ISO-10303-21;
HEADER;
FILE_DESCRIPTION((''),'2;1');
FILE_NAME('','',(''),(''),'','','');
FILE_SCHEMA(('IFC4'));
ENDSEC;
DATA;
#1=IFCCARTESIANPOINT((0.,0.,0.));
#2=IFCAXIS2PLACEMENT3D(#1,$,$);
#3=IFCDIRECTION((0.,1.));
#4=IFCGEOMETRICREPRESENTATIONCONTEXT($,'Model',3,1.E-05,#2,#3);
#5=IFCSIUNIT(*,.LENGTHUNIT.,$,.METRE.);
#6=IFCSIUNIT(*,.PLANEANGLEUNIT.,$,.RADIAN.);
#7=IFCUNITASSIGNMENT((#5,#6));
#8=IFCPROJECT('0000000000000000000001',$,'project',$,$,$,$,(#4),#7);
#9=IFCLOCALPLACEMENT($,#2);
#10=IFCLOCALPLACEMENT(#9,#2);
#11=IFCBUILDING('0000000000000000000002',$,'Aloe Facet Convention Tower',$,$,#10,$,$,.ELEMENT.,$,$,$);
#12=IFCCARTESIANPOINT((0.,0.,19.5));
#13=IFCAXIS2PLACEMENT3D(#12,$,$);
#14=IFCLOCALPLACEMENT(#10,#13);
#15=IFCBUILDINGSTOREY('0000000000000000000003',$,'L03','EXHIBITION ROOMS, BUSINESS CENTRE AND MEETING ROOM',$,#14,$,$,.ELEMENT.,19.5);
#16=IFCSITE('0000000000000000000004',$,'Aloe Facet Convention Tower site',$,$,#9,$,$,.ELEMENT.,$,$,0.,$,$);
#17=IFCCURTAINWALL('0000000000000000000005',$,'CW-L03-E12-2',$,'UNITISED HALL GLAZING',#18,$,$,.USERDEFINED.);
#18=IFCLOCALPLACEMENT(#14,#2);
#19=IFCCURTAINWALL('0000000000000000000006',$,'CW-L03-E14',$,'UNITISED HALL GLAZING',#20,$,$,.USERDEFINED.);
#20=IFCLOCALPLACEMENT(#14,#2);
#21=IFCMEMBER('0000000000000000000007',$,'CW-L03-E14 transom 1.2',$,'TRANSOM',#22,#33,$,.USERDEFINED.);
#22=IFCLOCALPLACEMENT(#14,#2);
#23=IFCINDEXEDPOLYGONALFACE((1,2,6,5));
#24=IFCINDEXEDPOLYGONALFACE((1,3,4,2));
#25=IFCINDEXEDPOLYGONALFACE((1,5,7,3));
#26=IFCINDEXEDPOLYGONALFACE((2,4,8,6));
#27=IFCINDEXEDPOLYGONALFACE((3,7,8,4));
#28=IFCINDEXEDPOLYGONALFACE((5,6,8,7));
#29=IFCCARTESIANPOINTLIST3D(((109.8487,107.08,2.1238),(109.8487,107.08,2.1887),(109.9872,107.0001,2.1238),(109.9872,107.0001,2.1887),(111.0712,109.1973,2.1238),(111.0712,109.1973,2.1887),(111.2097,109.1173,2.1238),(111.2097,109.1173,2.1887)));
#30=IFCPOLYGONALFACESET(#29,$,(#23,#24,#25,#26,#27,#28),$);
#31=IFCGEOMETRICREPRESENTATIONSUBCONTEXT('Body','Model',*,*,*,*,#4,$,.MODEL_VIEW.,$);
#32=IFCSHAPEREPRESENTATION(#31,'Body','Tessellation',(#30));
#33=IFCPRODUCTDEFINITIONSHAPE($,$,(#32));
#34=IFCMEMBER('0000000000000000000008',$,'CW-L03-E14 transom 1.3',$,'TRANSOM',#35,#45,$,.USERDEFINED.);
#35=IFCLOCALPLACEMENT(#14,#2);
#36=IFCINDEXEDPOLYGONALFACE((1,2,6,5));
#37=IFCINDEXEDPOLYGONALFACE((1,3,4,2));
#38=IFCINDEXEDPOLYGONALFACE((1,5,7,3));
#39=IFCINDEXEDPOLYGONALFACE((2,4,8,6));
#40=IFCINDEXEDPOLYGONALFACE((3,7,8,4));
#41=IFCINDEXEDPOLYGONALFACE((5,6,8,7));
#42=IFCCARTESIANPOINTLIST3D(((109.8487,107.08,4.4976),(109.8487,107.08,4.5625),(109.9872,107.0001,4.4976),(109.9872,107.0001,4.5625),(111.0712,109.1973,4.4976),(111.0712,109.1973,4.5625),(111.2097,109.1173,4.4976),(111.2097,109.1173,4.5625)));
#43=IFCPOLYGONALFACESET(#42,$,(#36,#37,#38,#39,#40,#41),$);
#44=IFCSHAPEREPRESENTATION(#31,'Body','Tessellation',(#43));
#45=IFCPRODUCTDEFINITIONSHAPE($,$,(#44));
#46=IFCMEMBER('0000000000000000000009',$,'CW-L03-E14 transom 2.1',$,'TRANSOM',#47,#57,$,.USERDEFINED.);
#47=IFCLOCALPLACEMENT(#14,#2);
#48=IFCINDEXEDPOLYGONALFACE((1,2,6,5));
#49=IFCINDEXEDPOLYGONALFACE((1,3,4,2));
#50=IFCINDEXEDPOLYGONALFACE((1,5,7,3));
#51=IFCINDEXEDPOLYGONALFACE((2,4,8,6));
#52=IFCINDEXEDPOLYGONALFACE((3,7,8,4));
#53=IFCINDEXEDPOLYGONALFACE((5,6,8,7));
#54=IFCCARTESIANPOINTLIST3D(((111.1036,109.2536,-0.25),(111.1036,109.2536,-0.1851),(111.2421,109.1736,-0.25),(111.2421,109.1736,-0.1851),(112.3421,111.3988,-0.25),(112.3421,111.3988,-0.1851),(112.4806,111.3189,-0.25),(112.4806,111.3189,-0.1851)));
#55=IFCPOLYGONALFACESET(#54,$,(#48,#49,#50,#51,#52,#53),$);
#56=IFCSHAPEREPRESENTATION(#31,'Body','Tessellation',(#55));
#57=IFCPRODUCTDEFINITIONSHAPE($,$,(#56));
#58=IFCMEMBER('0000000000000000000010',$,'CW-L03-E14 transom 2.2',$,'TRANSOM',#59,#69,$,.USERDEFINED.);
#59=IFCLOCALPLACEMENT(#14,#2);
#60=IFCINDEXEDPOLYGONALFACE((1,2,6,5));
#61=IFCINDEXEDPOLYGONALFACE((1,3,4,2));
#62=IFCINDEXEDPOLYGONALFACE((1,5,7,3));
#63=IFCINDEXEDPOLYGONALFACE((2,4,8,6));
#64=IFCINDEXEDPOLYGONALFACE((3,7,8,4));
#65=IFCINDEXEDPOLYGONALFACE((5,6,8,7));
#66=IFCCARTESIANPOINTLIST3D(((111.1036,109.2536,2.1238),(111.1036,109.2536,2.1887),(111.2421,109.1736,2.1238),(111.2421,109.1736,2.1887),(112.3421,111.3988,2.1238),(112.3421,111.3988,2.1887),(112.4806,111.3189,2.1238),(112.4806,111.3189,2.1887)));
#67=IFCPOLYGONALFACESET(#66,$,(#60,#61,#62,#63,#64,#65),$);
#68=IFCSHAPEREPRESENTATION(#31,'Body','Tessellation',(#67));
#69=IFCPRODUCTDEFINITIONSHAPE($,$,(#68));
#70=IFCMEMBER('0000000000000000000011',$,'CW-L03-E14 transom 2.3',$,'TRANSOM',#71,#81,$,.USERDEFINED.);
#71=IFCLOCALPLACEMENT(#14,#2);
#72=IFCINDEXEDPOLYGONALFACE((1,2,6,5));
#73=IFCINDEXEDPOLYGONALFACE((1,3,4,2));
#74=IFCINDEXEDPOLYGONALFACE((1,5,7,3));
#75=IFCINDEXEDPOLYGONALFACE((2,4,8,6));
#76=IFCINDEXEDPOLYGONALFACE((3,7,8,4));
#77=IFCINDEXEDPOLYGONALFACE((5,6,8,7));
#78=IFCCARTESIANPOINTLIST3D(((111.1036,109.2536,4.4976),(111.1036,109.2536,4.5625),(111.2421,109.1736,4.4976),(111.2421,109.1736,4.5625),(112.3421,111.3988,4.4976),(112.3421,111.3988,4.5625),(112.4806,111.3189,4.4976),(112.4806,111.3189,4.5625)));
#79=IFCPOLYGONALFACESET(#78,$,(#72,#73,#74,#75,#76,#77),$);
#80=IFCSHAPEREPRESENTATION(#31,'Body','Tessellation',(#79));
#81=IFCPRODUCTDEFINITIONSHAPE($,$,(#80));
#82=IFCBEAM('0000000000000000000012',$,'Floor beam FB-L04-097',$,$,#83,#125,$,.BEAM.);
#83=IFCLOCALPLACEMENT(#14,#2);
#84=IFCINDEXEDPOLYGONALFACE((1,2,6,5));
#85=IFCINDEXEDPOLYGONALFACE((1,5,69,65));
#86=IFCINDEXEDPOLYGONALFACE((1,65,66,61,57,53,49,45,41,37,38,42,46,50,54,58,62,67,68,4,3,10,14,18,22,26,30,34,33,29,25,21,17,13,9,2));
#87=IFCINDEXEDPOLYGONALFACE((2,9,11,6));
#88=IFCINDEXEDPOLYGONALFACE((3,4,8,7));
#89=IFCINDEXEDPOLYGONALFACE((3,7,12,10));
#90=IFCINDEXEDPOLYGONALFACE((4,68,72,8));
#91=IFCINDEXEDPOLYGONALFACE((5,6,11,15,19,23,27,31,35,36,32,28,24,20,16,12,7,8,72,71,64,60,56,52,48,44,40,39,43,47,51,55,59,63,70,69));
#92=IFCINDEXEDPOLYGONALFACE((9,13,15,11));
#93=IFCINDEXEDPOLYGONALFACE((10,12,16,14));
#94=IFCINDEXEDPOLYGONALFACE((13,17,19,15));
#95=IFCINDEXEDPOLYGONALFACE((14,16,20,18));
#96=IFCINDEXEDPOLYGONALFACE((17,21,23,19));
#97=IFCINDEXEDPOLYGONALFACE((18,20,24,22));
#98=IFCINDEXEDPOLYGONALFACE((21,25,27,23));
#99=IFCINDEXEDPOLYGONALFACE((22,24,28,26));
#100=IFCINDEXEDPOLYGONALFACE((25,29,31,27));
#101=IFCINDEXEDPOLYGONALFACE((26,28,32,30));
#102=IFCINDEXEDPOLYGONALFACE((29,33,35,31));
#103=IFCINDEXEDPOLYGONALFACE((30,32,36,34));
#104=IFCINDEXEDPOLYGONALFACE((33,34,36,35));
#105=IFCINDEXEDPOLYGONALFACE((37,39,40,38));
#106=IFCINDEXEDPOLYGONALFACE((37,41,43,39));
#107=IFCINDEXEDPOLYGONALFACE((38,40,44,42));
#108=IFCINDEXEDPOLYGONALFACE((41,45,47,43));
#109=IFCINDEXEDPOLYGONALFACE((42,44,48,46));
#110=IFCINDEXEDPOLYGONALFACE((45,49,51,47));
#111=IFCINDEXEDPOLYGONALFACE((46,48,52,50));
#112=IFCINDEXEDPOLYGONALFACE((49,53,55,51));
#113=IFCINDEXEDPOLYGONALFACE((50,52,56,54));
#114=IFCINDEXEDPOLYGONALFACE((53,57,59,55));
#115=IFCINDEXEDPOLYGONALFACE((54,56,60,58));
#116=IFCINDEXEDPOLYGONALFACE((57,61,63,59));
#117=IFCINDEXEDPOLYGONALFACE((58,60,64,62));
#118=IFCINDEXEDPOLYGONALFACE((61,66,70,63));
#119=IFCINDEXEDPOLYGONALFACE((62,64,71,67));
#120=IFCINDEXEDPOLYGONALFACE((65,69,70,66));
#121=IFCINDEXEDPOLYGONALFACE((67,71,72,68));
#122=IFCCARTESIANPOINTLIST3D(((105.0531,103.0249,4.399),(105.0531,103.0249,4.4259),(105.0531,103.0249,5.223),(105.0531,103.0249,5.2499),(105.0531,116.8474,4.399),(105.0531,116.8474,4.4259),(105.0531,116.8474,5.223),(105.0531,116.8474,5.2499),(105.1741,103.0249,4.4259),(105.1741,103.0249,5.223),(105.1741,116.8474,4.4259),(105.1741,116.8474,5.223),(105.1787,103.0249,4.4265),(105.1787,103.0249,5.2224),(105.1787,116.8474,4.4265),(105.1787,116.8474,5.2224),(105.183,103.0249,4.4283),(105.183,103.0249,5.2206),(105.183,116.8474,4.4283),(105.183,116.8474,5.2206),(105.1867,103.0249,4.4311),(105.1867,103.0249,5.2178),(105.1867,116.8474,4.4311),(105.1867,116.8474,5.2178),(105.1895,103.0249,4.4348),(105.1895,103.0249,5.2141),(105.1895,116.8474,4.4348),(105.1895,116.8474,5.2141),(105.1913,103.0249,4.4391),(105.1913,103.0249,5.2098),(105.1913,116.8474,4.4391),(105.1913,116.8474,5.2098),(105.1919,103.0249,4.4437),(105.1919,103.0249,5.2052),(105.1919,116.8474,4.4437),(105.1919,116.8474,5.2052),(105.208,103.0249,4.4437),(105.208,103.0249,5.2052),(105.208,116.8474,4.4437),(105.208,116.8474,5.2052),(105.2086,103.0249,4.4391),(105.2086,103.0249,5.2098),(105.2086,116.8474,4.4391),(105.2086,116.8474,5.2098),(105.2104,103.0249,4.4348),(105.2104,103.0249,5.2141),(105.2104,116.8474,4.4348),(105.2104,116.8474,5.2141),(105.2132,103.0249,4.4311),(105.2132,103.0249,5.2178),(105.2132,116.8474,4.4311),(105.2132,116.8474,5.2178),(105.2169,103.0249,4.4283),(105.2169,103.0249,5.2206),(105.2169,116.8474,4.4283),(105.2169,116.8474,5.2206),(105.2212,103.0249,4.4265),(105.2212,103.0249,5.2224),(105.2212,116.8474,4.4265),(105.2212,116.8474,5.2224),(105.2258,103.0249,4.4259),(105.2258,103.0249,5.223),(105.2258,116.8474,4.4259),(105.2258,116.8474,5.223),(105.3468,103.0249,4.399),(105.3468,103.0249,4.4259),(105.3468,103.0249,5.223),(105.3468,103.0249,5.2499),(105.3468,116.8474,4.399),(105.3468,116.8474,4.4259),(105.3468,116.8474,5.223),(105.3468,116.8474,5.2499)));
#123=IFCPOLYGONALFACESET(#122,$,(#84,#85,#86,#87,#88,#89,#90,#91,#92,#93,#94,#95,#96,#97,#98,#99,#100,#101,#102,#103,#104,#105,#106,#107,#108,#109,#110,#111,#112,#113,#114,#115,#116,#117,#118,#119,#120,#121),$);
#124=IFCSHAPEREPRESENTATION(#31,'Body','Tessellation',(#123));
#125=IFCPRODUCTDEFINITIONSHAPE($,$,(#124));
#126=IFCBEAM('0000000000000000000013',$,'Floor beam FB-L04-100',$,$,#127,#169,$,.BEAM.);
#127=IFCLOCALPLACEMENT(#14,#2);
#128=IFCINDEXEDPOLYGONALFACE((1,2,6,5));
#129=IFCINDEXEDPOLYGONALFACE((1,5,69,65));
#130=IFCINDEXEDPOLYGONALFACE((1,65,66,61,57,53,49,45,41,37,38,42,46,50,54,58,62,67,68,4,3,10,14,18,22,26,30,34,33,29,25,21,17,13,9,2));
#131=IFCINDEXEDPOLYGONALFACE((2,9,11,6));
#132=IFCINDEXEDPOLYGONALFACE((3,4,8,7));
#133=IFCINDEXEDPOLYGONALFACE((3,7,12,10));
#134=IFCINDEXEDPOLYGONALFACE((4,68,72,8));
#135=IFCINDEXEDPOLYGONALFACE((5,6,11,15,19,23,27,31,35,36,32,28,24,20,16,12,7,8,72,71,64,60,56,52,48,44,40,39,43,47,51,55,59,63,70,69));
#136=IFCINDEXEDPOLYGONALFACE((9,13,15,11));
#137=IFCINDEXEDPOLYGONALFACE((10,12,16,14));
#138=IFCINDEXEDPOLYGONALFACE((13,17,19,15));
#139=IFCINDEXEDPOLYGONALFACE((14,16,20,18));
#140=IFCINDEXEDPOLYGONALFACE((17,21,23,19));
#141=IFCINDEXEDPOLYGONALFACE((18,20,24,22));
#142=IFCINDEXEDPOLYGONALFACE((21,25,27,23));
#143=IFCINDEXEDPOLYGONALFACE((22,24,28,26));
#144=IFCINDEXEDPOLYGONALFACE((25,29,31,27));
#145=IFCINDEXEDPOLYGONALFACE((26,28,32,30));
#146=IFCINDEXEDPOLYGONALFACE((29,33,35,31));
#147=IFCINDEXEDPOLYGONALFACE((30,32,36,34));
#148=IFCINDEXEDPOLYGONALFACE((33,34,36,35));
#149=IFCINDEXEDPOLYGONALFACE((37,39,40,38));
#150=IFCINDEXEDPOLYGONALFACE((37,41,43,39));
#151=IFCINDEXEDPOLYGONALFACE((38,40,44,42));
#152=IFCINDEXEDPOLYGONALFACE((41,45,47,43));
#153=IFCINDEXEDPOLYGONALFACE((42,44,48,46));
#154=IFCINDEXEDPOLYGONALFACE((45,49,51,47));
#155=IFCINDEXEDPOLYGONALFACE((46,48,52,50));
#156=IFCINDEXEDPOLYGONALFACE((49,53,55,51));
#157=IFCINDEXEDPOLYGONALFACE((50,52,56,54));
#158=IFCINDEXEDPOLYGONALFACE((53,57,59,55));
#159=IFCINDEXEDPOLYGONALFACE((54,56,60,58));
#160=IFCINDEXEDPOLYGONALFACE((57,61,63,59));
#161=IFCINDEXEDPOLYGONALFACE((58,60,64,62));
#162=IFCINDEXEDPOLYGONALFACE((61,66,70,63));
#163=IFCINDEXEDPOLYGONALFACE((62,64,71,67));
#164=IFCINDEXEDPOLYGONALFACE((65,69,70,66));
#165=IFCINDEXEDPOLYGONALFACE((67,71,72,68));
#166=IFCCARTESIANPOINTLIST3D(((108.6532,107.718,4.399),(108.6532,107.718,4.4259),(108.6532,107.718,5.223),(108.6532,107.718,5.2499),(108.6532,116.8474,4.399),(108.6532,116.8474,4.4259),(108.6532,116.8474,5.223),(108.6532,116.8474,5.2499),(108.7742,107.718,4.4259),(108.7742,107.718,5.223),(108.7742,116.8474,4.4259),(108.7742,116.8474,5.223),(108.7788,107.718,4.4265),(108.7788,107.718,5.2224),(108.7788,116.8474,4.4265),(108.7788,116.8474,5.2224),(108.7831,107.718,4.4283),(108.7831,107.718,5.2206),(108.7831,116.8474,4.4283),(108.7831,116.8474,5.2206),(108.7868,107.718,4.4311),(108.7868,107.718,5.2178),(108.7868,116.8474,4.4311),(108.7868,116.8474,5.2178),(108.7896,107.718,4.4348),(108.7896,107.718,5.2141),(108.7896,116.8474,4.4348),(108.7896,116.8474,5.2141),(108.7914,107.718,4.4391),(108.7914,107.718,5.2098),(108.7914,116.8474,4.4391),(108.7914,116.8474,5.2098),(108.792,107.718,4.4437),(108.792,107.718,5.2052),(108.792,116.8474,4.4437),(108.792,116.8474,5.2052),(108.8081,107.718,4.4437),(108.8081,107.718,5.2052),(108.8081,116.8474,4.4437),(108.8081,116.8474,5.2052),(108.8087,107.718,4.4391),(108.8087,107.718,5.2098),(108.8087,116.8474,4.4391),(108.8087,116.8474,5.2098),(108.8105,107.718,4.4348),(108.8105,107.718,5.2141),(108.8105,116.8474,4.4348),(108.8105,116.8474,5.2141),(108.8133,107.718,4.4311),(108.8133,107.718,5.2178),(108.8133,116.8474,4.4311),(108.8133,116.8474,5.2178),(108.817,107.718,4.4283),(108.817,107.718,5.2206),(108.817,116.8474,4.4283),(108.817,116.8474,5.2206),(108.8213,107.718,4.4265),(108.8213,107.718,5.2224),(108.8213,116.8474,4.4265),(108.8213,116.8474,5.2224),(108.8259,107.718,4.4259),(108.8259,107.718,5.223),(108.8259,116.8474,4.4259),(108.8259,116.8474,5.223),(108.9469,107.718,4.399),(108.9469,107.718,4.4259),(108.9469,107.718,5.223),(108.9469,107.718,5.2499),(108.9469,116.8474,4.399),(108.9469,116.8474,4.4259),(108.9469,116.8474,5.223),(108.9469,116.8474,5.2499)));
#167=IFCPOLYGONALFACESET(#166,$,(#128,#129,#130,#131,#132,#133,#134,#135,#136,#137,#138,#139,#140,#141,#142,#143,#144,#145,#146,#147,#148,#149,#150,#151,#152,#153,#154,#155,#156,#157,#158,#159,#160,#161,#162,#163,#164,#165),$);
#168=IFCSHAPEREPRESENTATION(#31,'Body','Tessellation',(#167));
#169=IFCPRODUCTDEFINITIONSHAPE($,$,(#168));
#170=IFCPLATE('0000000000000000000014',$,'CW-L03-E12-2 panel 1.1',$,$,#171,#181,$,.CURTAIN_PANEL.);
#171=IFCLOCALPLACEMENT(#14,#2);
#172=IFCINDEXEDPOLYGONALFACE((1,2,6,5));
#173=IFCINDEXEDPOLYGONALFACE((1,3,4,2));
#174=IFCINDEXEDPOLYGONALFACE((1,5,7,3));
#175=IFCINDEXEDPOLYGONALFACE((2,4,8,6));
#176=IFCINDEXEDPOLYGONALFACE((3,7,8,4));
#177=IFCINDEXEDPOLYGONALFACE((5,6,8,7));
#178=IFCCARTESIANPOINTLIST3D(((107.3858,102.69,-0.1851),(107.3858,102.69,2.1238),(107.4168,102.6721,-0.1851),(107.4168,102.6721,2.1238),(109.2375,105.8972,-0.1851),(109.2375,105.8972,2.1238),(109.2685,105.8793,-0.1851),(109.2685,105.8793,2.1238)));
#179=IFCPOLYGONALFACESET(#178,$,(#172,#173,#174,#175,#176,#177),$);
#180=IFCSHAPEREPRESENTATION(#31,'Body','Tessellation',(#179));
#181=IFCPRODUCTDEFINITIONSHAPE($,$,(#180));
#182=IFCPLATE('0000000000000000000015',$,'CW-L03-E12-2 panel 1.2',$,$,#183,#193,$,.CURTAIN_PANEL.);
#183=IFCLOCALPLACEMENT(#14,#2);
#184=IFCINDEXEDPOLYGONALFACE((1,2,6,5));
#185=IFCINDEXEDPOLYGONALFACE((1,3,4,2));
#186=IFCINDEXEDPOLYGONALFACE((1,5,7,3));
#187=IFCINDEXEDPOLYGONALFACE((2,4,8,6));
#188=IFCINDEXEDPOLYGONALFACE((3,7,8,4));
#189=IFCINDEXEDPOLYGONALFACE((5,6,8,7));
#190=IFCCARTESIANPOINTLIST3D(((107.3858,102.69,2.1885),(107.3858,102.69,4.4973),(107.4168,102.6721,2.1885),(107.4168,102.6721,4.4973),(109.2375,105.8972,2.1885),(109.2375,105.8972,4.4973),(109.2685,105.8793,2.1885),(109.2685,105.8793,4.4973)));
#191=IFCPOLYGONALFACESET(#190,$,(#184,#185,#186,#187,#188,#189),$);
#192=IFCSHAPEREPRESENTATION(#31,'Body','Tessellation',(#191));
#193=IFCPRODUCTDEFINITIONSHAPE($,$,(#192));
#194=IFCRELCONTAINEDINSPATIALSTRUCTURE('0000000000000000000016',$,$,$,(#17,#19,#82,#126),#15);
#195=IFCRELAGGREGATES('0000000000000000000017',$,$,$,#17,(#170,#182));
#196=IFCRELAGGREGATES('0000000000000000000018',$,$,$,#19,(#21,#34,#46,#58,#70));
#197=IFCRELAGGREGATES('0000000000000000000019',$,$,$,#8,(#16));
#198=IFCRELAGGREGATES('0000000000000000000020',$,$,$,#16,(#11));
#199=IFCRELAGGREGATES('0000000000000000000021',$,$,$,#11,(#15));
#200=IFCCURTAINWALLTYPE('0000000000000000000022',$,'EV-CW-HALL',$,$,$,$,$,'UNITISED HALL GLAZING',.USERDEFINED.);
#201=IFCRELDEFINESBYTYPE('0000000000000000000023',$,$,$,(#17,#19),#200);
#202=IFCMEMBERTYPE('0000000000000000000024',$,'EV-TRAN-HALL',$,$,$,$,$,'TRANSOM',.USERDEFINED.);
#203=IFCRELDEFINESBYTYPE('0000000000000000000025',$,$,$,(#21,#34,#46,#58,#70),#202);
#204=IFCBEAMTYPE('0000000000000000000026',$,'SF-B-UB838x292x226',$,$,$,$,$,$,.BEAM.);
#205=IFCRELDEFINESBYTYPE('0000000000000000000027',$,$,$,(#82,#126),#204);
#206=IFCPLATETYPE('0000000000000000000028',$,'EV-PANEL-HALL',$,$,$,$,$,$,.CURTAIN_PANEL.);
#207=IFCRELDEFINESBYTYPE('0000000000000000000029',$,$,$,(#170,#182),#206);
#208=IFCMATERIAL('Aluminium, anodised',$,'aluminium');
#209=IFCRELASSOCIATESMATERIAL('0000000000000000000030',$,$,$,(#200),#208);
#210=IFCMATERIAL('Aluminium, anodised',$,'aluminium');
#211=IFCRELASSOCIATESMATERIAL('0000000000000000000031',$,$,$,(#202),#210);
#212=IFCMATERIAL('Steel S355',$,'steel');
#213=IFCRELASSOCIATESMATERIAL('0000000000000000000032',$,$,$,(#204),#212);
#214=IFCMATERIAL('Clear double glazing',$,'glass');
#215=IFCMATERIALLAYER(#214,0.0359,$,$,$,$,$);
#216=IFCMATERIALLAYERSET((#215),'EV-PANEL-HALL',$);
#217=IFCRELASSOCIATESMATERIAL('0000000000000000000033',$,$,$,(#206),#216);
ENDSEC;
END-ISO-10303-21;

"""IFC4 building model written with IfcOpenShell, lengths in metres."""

from ifc_helpers import new_model, si_unit, direction, frame, origin, origin_2d, place, context, subcontext, project, spatial, rectangle, i_section, extrude, material, layer, layer_set, material_profile, profile_set, type_object, element, aggregate, save


model = new_model("IFC4")

# Units and contexts
model_context = context("Model", 3, precision=1e-05, world=origin(), true_north=direction((0.0, 1.0)))
body_context = subcontext(model_context, "Body", "Model", "MODEL_VIEW")
ifc_project = project(units=[si_unit("LENGTHUNIT", "METRE"), si_unit("PLANEANGLEUNIT", "RADIAN")], contexts=[model_context])

# Site, building, storey
site_placement = place(None, origin())
site = spatial("IfcSite", under=ifc_project, at=site_placement, Name="Aloe Facet Convention Tower site", CompositionType="ELEMENT", RefElevation=0.0)
building_placement = place(site_placement, origin())
building = spatial("IfcBuilding", under=site, at=building_placement, Name="Aloe Facet Convention Tower", CompositionType="ELEMENT")
storey_placement = place(building_placement, frame((0.0, 0.0, 19.5)))
storey = spatial("IfcBuildingStorey", under=building, at=storey_placement, Name="L03", Description="EXHIBITION ROOMS, BUSINESS CENTRE AND MEETING ROOM", CompositionType="ELEMENT", Elevation=19.5)

# Curtain walls
ifc_material_1 = material(Name="Aluminium, anodised", Category="aluminium")
curtain_wall_type = type_object("IfcCurtainWallType", Name="EV-CW-HALL", ElementType="UNITISED HALL GLAZING", PredefinedType="USERDEFINED", material=ifc_material_1)
curtain_wall_1_placement = place(storey_placement, origin())
curtain_wall_1 = element("IfcCurtainWall", 1, at=curtain_wall_1_placement, inside=storey, type_object=curtain_wall_type, Name="CW-L03-E12-2", ObjectType="UNITISED HALL GLAZING", PredefinedType="USERDEFINED")
curtain_wall_2_placement = place(storey_placement, origin())
curtain_wall_2 = element("IfcCurtainWall", 2, at=curtain_wall_2_placement, inside=storey, type_object=curtain_wall_type, Name="CW-L03-E14", ObjectType="UNITISED HALL GLAZING", PredefinedType="USERDEFINED")

# Members
ifc_material_2 = material(Name="Aluminium, anodised", Category="aluminium")
ifc_material_profile_1 = material_profile(ifc_material_2, rectangle(XDim=0.1599, YDim=0.0649, at=origin_2d()), Name="AL 160x65")
ifc_profile_set_1 = profile_set([ifc_material_profile_1], Name="Aluminium, anodised")
member_type_1 = type_object("IfcMemberType", Name="EV-TRAN-HALL", ElementType="TRANSOM", PredefinedType="USERDEFINED", material=ifc_profile_set_1)
member_1_placement = place(storey_placement, frame((109.918, 107.04, 2.1562), z_axis=(0.500016, 0.866016, 0.0), x_axis=(-0.866016, 0.500016, 0.0)))
member_1 = element("IfcMember", 3, at=member_1_placement, type_object=member_type_1, Name="CW-L03-E14 transom 1.2", ObjectType="TRANSOM", PredefinedType="USERDEFINED", context=body_context, shape_type="SweptSolid", body=[
    extrude(rectangle(XDim=0.1599, YDim=0.0649, at=origin_2d()), origin(), (0.0, 0.0, 1.0), 2.4448),
])
member_2_placement = place(storey_placement, frame((109.918, 107.04, 4.53), z_axis=(0.500016, 0.866016, 0.0), x_axis=(-0.866016, 0.500016, 0.0)))
member_2 = element("IfcMember", 4, at=member_2_placement, type_object=member_type_1, Name="CW-L03-E14 transom 1.3", ObjectType="TRANSOM", PredefinedType="USERDEFINED", context=body_context, shape_type="SweptSolid", body=[
    extrude(rectangle(XDim=0.1599, YDim=0.0649, at=origin_2d()), origin(), (0.0, 0.0, 1.0), 2.4448),
])
member_3_placement = place(storey_placement, frame((111.1729, 109.2136, -0.2175), z_axis=(0.499987, 0.866033, 0.0), x_axis=(-0.866033, 0.499987, 0.0)))
member_3 = element("IfcMember", 5, at=member_3_placement, type_object=member_type_1, Name="CW-L03-E14 transom 2.1", ObjectType="TRANSOM", PredefinedType="USERDEFINED", context=body_context, shape_type="SweptSolid", body=[
    extrude(rectangle(XDim=0.1599, YDim=0.0649, at=origin_2d()), origin(), (0.0, 0.0, 1.0), 2.4771),
])
member_4_placement = place(storey_placement, frame((111.1729, 109.2136, 2.1562), z_axis=(0.499987, 0.866033, 0.0), x_axis=(-0.866033, 0.499987, 0.0)))
member_4 = element("IfcMember", 6, at=member_4_placement, type_object=member_type_1, Name="CW-L03-E14 transom 2.2", ObjectType="TRANSOM", PredefinedType="USERDEFINED", context=body_context, shape_type="SweptSolid", body=[
    extrude(rectangle(XDim=0.1599, YDim=0.0649, at=origin_2d()), origin(), (0.0, 0.0, 1.0), 2.4771),
])
member_5_placement = place(storey_placement, frame((111.1729, 109.2136, 4.53), z_axis=(0.499987, 0.866033, 0.0), x_axis=(-0.866033, 0.499987, 0.0)))
member_5 = element("IfcMember", 7, at=member_5_placement, type_object=member_type_1, Name="CW-L03-E14 transom 2.3", ObjectType="TRANSOM", PredefinedType="USERDEFINED", context=body_context, shape_type="SweptSolid", body=[
    extrude(rectangle(XDim=0.1599, YDim=0.0649, at=origin_2d()), origin(), (0.0, 0.0, 1.0), 2.4771),
])

# Beams
ifc_material_3 = material(Name="Steel S355", Category="steel")
ifc_material_profile_2 = material_profile(ifc_material_3, i_section(OverallWidth=0.2937, OverallDepth=0.8508, WebThickness=0.0161, FlangeThickness=0.0269, FilletRadius=0.0178, at=origin_2d()), Name="UB 838x292x226")
ifc_profile_set_2 = profile_set([ifc_material_profile_2], Name="Steel S355")
beam_type_1 = type_object("IfcBeamType", Name="SF-B-UB838x292x226", PredefinedType="BEAM", material=ifc_profile_set_2)
beam_1_placement = place(storey_placement, frame((105.2, 103.0249, 4.8245), z_axis=(0.0, 1.0, 0.0), x_axis=(-1.0, 0.0, 0.0)))
element("IfcBeam", 8, at=beam_1_placement, inside=storey, type_object=beam_type_1, Name="Floor beam FB-L04-097", PredefinedType="BEAM", context=body_context, shape_type="SweptSolid", body=[
    extrude(i_section(OverallWidth=0.2937, OverallDepth=0.8508, WebThickness=0.0161, FlangeThickness=0.0269, FilletRadius=0.0178, at=origin_2d()), origin(), (0.0, 0.0, 1.0), 13.8225),
])
beam_2_placement = place(storey_placement, frame((108.8, 107.718, 4.8245), z_axis=(0.0, 1.0, 0.0), x_axis=(-1.0, 0.0, 0.0)))
element("IfcBeam", 9, at=beam_2_placement, inside=storey, type_object=beam_type_1, Name="Floor beam FB-L04-100", PredefinedType="BEAM", context=body_context, shape_type="SweptSolid", body=[
    extrude(i_section(OverallWidth=0.2937, OverallDepth=0.8508, WebThickness=0.0161, FlangeThickness=0.0269, FilletRadius=0.0178, at=origin_2d()), origin(), (0.0, 0.0, 1.0), 9.1294),
])

# Plates
ifc_material_4 = material(Name="Clear double glazing", Category="glass")
ifc_layer_1 = layer(ifc_material_4, 0.0359)
ifc_layer_set_1 = layer_set([ifc_layer_1], Name="EV-PANEL-HALL")
plate_type = type_object("IfcPlateType", Name="EV-PANEL-HALL", PredefinedType="CURTAIN_PANEL", material=ifc_layer_set_1)
plate_1_placement = place(storey_placement, frame((108.3271, 104.2847, -0.1851), z_axis=(0.0, 0.0, 1.0), x_axis=(0.5, 0.866025, 0.0)))
plate_1 = element("IfcPlate", 10, at=plate_1_placement, type_object=plate_type, Name="CW-L03-E12-2 panel 1.1", PredefinedType="CURTAIN_PANEL", context=body_context, shape_type="SweptSolid", body=[
    extrude(rectangle(XDim=3.7034, YDim=0.0359, at=origin_2d()), origin(), (0.0, 0.0, 1.0), 2.3088),
])
plate_2_placement = place(storey_placement, frame((108.3271, 104.2847, 2.1885), z_axis=(0.0, 0.0, 1.0), x_axis=(0.5, 0.866025, 0.0)))
plate_2 = element("IfcPlate", 11, at=plate_2_placement, type_object=plate_type, Name="CW-L03-E12-2 panel 1.2", PredefinedType="CURTAIN_PANEL", context=body_context, shape_type="SweptSolid", body=[
    extrude(rectangle(XDim=3.7034, YDim=0.0359, at=origin_2d()), origin(), (0.0, 0.0, 1.0), 2.3088),
])
aggregate(curtain_wall_1, [plate_1, plate_2])
aggregate(curtain_wall_2, [member_1, member_2, member_3, member_4, member_5])

save(model, "model.ifc")
